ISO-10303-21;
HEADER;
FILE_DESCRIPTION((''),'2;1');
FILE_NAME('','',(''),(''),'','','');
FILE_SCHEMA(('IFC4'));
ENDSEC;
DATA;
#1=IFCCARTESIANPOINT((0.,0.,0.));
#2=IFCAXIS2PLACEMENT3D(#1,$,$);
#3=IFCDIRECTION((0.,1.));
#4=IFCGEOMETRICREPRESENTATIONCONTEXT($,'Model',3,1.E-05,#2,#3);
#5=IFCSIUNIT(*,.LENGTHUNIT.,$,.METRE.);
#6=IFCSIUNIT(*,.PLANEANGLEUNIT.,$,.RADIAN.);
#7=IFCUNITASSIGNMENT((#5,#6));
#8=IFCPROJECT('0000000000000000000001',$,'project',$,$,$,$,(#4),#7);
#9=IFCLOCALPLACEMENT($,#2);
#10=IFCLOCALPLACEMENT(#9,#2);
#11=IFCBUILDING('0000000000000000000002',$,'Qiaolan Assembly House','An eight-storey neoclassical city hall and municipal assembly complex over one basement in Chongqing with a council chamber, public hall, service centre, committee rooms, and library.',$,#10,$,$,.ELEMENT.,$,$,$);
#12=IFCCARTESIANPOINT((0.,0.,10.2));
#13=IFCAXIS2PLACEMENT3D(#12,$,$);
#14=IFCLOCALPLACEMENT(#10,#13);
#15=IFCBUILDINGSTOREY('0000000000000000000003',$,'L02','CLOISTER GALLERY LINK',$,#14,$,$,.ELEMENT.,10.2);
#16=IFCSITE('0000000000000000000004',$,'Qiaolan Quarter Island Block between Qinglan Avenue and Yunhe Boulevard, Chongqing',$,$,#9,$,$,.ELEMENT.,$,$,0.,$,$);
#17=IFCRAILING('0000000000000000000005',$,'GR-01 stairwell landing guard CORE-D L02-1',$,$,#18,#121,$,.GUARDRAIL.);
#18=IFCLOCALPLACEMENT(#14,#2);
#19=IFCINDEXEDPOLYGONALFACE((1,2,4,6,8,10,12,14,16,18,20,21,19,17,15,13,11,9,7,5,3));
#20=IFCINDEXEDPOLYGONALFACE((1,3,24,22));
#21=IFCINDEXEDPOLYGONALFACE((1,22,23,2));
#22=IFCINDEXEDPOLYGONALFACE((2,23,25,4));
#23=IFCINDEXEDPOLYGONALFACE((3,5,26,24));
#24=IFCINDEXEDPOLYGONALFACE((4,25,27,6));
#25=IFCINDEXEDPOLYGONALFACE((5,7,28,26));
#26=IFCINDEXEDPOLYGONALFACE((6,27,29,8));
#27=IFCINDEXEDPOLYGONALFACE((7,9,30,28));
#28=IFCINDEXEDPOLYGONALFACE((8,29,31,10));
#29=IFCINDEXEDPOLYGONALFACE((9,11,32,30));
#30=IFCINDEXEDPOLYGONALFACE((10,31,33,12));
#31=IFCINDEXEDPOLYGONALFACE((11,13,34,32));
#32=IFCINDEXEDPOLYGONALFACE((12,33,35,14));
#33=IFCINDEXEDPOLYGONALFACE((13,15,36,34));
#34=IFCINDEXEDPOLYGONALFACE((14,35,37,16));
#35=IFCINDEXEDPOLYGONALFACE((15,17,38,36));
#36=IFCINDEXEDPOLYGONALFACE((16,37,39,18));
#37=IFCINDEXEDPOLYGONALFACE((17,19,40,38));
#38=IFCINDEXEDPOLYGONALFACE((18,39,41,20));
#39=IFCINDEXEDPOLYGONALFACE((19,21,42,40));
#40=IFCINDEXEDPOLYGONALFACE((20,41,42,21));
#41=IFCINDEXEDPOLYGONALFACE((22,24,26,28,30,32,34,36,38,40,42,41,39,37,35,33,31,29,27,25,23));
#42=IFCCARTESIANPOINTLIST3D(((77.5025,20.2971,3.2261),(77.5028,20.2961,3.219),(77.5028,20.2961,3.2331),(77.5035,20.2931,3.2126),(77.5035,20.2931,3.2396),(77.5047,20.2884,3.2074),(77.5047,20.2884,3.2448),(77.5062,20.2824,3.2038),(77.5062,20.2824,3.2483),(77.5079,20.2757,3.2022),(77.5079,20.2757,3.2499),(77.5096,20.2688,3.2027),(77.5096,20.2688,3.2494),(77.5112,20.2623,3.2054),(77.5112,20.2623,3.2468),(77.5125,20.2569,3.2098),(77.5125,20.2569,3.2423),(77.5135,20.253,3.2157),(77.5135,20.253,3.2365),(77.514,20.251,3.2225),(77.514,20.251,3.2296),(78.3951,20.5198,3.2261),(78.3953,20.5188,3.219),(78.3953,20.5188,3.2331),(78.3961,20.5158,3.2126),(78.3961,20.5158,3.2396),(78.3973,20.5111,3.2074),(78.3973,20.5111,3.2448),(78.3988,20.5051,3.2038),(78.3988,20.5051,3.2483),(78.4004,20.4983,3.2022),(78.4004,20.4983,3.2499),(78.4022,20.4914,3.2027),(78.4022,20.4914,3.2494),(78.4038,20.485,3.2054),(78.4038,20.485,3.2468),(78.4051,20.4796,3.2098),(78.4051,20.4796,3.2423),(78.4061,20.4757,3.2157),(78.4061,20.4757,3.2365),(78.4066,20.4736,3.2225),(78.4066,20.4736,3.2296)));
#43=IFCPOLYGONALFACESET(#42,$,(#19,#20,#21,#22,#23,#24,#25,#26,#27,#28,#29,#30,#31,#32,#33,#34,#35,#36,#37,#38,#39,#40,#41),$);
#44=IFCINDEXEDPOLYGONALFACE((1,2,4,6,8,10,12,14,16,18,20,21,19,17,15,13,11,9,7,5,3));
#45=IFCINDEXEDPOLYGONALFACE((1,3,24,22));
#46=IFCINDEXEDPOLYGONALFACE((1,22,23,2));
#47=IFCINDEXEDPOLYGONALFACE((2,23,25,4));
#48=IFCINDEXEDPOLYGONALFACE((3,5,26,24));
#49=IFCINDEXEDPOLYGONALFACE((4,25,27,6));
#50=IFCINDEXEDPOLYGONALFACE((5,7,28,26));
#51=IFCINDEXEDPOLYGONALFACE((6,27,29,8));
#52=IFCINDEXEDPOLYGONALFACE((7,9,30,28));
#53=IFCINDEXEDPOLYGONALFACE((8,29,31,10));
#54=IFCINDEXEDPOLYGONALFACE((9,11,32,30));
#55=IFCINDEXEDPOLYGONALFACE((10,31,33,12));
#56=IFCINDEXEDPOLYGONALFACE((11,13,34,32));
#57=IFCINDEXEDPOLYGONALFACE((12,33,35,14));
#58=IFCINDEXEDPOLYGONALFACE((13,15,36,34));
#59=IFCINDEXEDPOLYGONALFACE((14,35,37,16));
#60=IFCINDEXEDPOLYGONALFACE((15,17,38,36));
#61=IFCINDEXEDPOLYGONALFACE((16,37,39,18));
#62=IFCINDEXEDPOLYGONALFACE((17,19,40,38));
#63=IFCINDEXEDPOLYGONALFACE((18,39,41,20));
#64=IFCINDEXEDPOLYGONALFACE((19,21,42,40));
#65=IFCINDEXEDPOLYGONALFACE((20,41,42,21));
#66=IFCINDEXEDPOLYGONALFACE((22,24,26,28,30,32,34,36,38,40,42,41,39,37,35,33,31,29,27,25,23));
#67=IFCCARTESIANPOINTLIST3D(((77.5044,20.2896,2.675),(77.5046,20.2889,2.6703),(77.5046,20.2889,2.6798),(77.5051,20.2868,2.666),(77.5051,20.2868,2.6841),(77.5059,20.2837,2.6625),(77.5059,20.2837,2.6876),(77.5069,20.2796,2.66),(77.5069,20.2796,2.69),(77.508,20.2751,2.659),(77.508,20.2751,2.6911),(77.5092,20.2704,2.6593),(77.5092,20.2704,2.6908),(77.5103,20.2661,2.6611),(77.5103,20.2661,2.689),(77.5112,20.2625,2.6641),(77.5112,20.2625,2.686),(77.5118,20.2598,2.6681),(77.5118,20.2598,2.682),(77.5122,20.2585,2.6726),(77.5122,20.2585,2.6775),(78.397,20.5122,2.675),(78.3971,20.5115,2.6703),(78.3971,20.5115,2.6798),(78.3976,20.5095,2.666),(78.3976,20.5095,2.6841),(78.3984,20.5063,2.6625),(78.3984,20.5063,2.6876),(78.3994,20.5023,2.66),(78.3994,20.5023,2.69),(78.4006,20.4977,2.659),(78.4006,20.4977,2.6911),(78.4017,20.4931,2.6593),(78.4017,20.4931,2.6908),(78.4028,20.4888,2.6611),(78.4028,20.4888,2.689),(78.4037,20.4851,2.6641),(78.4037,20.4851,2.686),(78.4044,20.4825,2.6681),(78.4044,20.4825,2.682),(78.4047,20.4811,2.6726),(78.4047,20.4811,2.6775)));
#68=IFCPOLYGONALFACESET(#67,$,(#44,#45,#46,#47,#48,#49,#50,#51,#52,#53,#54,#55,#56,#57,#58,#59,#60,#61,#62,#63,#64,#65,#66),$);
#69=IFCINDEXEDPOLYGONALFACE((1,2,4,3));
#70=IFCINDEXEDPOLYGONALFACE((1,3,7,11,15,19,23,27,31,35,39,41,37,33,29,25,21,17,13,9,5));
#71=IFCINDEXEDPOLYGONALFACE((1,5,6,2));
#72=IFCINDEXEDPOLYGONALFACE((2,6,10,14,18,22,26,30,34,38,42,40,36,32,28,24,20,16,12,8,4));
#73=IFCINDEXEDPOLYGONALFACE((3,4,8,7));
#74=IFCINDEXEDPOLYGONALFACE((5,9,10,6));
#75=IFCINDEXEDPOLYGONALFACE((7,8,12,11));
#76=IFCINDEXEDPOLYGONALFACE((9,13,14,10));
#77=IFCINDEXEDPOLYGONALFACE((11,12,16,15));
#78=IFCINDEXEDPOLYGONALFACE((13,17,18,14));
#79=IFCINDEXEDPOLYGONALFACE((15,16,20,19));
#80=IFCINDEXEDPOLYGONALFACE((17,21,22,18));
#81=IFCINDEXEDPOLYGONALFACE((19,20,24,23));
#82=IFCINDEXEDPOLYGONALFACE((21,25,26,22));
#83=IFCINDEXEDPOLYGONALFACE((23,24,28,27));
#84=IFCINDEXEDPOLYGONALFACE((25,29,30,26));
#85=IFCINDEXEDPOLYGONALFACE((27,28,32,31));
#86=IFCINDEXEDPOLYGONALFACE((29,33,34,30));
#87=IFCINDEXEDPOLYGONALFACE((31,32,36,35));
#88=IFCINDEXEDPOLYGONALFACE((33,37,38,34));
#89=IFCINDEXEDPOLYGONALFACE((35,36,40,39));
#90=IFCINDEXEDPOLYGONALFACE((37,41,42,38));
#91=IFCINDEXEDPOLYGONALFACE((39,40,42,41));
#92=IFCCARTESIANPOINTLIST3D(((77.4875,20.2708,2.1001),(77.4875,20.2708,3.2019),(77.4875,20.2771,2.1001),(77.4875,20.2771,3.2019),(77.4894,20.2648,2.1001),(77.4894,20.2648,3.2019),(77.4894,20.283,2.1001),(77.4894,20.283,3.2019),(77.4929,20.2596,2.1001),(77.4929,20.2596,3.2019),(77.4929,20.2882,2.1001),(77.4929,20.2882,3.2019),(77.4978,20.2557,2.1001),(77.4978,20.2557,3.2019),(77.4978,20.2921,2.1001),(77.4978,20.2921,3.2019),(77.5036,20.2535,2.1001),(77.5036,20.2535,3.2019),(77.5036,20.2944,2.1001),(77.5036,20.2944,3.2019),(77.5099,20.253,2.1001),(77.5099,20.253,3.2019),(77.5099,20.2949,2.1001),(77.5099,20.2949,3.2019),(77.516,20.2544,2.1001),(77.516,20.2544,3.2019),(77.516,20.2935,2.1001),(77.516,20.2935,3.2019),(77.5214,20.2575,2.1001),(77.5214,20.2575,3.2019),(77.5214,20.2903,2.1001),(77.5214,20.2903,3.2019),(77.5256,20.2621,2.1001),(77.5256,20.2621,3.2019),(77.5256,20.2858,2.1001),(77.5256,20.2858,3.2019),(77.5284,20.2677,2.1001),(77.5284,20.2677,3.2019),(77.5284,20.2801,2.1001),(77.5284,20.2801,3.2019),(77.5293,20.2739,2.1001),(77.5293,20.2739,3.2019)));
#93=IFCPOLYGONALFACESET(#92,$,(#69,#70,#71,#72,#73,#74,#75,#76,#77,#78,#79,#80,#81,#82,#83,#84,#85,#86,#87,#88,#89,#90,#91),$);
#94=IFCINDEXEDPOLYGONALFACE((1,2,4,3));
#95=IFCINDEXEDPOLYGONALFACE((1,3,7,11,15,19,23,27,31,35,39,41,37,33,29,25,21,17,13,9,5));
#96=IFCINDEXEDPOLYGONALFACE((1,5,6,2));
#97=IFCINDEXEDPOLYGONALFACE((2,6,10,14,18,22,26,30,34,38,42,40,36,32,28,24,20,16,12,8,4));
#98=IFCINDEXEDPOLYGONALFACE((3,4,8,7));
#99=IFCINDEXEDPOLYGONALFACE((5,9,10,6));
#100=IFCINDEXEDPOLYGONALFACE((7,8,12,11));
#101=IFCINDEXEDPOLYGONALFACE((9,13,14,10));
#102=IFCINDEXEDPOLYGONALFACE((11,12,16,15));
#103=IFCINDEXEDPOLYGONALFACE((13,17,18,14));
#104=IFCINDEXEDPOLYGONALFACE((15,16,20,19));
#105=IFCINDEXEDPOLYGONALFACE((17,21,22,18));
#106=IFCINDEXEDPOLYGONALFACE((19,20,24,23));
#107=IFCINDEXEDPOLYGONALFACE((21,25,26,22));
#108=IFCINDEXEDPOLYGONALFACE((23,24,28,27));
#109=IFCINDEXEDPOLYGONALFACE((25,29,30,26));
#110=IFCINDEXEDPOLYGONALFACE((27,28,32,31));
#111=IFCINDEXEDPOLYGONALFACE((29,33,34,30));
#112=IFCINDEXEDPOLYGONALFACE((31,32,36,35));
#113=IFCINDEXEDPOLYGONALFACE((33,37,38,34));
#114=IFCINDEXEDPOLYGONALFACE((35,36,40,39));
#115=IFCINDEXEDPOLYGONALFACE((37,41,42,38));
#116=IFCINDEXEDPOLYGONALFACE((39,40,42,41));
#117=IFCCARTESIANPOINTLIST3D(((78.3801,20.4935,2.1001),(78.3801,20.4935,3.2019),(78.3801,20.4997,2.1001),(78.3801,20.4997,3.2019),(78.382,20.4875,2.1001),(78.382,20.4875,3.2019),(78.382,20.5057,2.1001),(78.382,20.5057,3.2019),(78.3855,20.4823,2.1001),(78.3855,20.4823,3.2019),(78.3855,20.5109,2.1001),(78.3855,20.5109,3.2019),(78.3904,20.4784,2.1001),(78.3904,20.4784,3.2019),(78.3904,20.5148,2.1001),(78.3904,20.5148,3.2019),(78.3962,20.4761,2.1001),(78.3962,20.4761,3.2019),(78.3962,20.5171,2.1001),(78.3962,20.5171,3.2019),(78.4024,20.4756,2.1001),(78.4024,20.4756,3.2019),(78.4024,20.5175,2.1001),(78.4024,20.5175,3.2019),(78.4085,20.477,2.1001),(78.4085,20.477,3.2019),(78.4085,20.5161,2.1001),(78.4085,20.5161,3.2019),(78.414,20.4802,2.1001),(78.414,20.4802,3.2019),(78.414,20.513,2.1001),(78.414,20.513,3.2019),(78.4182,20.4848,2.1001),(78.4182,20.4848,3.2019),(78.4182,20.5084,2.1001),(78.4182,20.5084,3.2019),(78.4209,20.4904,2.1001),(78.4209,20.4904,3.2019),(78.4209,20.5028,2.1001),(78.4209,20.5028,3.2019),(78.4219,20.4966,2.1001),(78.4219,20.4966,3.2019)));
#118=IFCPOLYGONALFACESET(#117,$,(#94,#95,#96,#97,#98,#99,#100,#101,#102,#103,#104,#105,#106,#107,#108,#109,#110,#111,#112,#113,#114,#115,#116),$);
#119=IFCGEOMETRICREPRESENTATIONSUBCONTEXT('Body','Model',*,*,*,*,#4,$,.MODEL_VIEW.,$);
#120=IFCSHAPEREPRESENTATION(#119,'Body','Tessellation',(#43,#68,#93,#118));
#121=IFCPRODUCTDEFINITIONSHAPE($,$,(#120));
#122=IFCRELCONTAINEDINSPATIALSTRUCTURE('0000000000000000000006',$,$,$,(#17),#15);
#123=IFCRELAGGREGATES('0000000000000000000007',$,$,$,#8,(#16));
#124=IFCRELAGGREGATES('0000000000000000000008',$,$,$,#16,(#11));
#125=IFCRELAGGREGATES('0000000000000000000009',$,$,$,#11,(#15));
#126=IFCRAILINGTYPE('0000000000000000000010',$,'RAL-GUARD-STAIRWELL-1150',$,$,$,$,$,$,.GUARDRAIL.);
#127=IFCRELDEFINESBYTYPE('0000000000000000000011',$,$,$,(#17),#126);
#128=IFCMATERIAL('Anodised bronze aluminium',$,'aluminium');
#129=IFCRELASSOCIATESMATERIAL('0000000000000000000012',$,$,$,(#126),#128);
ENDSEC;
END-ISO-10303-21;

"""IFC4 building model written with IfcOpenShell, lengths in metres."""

from ifc_helpers import new_model, si_unit, direction, frame, origin, origin_2d, place, context, subcontext, project, spatial, circle, extrude, material, type_object, element, save


model = new_model("IFC4")

# Units and contexts
model_context = context("Model", 3, precision=1e-05, world=origin(), true_north=direction((0.0, 1.0)))
body_context = subcontext(model_context, "Body", "Model", "MODEL_VIEW")
ifc_project = project(units=[si_unit("LENGTHUNIT", "METRE"), si_unit("PLANEANGLEUNIT", "RADIAN")], contexts=[model_context])

# Site, building, storey
site_placement = place(None, origin())
site = spatial("IfcSite", under=ifc_project, at=site_placement, Name="Qiaolan Quarter Island Block between Qinglan Avenue and Yunhe Boulevard, Chongqing", CompositionType="ELEMENT", RefElevation=0.0)
building_placement = place(site_placement, origin())
building = spatial("IfcBuilding", under=site, at=building_placement, Name="Qiaolan Assembly House", Description="An eight-storey neoclassical city hall and municipal assembly complex over one basement in Chongqing with a council chamber, public hall, service centre, committee rooms, and library.", CompositionType="ELEMENT")
storey_placement = place(building_placement, frame((0.0, 0.0, 10.2)))
storey = spatial("IfcBuildingStorey", under=building, at=storey_placement, Name="L02", Description="CLOISTER GALLERY LINK", CompositionType="ELEMENT", Elevation=10.2)

# Railing
ifc_material_1 = material(Name="Anodised bronze aluminium", Category="aluminium")
railing_type_1 = type_object("IfcRailingType", Name="RAL-GUARD-STAIRWELL-1150", PredefinedType="GUARDRAIL", material=ifc_material_1)
railing_1_placement = place(storey_placement, frame((77.5083, 20.2739, 2.1001)))
element("IfcRailing", 1, at=railing_1_placement, inside=storey, type_object=railing_type_1, Name="GR-01 stairwell landing guard CORE-D L02-1", PredefinedType="GUARDRAIL", context=body_context, shape_type="SweptSolid", body=[
    extrude(circle(Radius=0.0239, at=origin_2d()), frame((0.0, 0.0, 1.126), z_axis=(0.970267, 0.242036, 0.0), x_axis=(-0.242036, 0.970267, 0.0)), (0.0, 0.0, 1.0), 0.9199),
    extrude(circle(Radius=0.0161, at=origin_2d()), frame((0.0, 0.0, 0.575), z_axis=(0.970267, 0.242036, 0.0), x_axis=(-0.242036, 0.970267, 0.0)), (0.0, 0.0, 1.0), 0.9199),
    extrude(circle(Radius=0.021, at=origin_2d()), origin(), (0.0, 0.0, 1.0), 1.1018),
    extrude(circle(Radius=0.021, at=origin_2d()), frame((0.8926, 0.2227, 0.0)), (0.0, 0.0, 1.0), 1.1018),
])

save(model, "model.ifc")
